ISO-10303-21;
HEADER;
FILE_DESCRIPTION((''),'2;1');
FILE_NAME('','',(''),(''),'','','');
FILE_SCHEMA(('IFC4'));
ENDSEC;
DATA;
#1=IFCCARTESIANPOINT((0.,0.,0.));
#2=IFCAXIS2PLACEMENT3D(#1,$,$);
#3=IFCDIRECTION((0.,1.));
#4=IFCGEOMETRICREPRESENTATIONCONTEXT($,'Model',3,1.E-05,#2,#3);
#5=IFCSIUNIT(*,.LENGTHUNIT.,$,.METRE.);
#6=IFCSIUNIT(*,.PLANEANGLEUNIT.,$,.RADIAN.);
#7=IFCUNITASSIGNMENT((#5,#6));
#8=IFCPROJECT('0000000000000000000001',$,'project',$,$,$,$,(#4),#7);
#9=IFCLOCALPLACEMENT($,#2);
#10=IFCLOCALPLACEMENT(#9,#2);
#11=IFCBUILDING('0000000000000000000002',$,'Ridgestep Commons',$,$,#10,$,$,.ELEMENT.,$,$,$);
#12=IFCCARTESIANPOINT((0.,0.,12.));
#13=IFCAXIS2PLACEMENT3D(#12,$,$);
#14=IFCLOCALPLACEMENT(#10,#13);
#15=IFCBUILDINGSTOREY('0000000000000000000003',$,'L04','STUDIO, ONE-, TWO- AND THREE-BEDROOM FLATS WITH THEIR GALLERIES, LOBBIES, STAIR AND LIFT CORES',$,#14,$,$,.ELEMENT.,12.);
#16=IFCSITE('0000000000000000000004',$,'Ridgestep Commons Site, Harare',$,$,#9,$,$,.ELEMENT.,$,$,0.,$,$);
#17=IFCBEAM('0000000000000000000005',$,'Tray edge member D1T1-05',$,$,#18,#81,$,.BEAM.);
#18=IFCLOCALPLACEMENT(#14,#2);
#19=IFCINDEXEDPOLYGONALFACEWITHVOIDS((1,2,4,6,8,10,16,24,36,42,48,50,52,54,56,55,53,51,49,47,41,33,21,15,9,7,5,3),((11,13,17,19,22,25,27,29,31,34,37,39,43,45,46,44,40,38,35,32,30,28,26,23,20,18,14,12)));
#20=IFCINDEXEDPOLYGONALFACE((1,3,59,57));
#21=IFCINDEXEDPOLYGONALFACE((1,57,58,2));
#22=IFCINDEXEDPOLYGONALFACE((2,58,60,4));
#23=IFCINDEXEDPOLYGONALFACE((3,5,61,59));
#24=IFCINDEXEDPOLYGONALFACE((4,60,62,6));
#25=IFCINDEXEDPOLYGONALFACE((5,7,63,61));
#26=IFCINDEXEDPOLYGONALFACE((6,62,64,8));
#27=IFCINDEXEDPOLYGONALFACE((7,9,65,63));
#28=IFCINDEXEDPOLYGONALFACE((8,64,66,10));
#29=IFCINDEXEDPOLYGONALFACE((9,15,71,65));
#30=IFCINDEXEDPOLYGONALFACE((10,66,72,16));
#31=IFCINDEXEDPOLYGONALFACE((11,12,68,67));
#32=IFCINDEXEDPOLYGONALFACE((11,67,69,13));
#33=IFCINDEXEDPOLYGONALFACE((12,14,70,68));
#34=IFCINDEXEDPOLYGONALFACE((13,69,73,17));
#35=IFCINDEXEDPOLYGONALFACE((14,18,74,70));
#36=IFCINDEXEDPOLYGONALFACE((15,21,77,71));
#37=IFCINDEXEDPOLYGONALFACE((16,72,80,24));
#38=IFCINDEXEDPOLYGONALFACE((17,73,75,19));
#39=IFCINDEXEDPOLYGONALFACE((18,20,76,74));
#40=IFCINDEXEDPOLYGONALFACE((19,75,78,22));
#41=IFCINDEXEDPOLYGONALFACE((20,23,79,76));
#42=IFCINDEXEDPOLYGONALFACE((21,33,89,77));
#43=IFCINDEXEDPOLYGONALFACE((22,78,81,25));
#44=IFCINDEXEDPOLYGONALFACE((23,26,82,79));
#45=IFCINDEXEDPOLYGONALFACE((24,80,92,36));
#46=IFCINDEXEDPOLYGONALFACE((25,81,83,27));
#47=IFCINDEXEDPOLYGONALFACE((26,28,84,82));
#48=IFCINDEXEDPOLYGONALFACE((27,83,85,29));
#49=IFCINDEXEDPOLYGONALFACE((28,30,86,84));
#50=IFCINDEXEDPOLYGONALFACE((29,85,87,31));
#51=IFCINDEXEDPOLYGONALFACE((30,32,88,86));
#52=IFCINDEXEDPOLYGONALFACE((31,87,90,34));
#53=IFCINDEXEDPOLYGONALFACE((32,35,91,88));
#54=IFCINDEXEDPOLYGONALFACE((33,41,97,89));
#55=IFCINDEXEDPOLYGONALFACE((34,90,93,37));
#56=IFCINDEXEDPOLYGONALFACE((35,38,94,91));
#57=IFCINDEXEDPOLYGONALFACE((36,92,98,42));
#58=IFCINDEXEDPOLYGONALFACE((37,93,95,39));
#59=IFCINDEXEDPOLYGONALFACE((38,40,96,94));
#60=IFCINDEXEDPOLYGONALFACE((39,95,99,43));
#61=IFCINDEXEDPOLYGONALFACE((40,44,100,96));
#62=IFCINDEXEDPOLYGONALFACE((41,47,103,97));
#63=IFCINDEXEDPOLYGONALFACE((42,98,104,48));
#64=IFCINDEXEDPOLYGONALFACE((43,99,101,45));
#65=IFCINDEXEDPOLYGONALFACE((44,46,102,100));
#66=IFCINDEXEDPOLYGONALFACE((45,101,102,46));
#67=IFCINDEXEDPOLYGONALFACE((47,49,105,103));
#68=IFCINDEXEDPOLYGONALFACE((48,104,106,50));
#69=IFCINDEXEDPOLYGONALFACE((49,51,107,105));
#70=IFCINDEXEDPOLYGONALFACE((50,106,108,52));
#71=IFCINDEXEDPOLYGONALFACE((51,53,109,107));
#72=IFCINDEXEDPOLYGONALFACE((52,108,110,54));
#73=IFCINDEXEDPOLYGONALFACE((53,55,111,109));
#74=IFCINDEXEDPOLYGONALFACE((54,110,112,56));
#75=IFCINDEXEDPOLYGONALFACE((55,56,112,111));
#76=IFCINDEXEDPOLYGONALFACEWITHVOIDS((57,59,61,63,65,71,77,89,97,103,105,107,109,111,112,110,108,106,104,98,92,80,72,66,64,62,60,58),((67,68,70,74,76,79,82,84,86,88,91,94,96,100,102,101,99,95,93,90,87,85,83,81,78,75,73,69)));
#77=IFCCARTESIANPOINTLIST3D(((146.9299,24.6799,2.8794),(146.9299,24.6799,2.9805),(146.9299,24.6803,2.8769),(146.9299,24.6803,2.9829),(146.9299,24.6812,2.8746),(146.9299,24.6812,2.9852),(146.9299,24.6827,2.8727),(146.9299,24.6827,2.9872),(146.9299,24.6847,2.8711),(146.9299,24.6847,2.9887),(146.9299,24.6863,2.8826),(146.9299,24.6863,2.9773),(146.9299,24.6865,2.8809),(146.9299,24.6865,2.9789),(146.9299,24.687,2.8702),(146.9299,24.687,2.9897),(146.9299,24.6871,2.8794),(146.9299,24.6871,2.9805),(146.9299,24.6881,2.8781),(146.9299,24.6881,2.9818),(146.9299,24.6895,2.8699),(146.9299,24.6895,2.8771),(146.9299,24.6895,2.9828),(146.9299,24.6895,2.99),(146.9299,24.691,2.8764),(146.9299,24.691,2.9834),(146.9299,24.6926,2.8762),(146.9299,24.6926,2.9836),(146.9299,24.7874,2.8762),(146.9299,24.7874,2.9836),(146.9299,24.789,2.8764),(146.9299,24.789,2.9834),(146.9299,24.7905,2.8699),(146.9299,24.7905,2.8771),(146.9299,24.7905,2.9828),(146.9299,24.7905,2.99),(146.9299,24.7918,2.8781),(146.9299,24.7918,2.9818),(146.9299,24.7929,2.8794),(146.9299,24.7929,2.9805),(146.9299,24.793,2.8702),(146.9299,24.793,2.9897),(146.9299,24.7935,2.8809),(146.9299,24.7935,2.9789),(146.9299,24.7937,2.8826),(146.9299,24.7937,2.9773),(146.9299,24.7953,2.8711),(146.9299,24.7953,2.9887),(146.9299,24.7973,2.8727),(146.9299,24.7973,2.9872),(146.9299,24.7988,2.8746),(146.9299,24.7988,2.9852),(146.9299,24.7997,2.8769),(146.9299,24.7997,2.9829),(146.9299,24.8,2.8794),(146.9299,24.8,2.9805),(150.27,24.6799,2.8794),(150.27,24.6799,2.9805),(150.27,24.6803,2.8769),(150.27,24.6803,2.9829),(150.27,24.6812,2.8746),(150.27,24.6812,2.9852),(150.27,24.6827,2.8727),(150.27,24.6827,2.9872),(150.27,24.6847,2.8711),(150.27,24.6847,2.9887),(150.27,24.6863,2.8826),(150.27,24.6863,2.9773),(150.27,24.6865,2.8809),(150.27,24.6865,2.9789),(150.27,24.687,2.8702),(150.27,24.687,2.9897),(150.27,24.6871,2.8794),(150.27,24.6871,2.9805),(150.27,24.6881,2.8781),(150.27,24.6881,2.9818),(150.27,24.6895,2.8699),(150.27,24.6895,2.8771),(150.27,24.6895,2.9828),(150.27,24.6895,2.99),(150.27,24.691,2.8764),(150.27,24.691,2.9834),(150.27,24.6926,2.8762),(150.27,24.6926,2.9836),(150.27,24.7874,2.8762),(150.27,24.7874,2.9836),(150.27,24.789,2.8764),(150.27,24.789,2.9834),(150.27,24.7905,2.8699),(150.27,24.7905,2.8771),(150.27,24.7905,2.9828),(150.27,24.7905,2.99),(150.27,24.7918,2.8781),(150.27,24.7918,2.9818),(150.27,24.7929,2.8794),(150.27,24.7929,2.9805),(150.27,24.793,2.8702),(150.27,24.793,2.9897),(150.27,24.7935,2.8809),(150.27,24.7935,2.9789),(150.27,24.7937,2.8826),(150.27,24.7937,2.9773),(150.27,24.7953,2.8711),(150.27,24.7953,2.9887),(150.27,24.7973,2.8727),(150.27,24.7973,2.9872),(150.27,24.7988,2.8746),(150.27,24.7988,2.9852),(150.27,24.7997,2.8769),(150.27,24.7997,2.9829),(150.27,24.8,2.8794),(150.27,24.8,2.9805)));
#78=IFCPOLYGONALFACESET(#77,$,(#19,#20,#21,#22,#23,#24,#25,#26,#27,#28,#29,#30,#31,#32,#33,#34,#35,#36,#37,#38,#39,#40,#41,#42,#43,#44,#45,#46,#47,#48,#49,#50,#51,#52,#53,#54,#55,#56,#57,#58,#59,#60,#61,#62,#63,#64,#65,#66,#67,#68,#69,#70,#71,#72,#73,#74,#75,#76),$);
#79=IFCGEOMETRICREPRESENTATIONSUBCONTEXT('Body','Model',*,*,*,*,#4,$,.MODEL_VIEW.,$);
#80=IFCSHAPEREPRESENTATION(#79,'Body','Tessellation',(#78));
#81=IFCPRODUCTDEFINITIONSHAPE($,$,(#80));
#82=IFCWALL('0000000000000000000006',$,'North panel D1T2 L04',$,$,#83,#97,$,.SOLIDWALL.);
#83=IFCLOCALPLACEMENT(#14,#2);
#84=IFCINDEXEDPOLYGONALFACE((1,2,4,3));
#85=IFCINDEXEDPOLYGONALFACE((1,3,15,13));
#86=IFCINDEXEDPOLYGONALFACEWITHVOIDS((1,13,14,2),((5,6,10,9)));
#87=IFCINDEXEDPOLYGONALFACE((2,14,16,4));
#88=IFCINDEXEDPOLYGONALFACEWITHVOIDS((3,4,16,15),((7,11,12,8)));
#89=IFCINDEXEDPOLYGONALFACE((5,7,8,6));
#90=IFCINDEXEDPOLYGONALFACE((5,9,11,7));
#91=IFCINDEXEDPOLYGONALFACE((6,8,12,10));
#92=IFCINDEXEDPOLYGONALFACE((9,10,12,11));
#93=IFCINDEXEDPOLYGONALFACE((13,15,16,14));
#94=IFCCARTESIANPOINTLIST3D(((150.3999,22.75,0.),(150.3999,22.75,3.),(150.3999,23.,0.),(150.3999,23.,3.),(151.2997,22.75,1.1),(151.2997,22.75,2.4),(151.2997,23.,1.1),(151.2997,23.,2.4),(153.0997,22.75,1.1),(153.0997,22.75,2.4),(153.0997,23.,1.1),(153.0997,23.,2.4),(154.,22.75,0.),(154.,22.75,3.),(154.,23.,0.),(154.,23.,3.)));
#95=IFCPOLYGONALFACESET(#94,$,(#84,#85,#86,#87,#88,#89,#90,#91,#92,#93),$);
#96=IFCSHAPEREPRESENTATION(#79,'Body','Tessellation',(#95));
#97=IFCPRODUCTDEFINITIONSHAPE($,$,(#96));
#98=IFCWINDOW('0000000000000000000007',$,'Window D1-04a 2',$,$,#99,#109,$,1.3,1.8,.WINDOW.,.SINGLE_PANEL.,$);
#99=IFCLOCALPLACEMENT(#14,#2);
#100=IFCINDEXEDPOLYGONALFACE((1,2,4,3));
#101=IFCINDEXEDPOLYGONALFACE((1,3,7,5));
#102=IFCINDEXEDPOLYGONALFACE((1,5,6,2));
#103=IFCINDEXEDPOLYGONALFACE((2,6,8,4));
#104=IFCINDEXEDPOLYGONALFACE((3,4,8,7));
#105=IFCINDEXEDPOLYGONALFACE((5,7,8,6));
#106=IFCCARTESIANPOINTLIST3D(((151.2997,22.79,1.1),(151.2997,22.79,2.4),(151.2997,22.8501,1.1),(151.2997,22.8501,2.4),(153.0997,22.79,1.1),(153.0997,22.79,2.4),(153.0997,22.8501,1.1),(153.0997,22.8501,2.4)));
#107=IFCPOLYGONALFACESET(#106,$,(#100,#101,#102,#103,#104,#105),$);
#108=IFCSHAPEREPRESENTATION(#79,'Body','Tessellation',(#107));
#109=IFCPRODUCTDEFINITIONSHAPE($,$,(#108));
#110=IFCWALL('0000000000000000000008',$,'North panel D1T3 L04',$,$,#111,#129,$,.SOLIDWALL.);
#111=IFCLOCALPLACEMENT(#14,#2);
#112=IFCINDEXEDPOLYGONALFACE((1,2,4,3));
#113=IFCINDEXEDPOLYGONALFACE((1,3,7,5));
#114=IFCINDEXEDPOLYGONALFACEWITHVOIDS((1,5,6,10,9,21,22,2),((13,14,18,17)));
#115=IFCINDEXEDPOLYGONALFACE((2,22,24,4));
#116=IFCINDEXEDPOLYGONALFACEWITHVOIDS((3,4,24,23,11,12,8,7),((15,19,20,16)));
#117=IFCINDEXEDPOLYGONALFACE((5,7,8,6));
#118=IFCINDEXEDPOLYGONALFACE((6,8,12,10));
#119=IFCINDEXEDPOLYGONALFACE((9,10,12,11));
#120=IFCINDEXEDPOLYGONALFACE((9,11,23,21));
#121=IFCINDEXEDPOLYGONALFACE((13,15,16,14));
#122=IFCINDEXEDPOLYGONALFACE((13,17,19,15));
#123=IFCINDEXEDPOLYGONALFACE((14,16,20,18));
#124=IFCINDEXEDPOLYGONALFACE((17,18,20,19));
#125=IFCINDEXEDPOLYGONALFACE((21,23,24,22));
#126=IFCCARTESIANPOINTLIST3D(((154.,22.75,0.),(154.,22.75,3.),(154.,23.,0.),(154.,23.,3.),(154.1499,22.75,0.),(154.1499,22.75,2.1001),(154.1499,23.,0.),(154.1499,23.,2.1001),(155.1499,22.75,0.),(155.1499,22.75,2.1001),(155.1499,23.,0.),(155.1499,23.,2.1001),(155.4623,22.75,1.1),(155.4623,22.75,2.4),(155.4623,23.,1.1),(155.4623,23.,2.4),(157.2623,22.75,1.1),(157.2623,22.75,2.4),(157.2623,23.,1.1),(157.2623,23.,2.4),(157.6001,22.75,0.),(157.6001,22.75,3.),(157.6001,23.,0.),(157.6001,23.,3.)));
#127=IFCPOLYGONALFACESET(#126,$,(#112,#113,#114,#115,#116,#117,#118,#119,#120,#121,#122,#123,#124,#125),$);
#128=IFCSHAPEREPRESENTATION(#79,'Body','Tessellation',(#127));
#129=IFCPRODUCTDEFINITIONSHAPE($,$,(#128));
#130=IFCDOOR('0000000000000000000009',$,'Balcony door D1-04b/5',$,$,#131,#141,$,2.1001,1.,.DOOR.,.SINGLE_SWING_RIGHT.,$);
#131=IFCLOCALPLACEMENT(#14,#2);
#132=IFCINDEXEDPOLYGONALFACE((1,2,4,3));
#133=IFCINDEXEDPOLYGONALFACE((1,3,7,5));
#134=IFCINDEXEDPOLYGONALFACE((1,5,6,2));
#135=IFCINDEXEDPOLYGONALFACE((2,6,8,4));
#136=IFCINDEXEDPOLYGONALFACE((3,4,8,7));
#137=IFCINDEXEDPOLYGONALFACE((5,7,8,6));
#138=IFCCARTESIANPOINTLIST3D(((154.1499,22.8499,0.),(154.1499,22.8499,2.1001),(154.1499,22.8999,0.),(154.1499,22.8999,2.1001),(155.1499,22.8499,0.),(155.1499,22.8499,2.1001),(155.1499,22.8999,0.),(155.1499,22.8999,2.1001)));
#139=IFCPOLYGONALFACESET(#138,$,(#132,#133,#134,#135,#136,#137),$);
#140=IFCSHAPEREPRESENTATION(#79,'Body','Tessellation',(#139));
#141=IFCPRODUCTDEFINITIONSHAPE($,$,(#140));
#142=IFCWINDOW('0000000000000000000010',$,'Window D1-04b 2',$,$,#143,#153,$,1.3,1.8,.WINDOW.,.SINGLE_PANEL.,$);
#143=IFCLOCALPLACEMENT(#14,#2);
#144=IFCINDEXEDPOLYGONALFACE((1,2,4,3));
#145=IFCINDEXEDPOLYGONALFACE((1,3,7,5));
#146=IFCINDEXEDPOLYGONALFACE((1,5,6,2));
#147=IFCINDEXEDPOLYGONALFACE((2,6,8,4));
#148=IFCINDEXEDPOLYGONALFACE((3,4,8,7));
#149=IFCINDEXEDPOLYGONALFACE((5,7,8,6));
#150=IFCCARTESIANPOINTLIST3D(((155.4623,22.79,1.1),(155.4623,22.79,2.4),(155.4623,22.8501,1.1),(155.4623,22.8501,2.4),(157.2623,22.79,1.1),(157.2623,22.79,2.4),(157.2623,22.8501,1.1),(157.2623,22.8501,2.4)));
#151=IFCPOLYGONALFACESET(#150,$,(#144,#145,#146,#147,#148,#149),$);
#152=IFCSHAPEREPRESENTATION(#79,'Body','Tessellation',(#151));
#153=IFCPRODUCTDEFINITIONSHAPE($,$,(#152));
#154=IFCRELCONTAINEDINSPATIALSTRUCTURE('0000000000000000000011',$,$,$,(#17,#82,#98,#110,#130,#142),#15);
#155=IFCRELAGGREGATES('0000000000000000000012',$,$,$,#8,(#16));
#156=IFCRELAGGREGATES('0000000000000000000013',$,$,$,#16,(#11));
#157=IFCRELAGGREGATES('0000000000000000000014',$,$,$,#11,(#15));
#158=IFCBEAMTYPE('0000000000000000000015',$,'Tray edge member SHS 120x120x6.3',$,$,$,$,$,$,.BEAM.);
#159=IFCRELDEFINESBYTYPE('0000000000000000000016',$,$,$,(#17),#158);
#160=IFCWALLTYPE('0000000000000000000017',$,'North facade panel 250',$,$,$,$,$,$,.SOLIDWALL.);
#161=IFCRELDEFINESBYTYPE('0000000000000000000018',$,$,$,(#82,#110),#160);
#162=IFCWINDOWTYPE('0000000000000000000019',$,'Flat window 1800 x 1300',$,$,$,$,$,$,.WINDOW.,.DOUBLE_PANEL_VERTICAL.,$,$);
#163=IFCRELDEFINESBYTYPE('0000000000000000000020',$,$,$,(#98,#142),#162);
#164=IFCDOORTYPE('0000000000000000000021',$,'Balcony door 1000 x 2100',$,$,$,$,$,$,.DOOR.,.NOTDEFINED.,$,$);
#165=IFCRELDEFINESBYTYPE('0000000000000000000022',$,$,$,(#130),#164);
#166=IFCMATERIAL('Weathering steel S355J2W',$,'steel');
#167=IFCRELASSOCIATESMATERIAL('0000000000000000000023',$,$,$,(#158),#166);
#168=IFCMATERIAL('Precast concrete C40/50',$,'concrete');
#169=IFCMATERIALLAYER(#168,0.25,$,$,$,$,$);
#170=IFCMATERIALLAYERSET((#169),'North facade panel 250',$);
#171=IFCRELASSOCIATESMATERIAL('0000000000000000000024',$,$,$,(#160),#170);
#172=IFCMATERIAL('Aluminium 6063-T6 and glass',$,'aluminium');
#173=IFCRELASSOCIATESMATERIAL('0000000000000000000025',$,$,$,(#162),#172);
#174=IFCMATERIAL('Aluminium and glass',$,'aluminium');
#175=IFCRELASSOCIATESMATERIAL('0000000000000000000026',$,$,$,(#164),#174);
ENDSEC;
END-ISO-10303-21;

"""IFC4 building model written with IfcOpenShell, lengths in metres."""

from ifc_helpers import new_model, si_unit, direction, frame, frame_2d, origin, origin_2d, place, context, subcontext, project, spatial, rectangle, hollow_rectangle, extrude, material, layer, layer_set, material_profile, profile_set, type_object, element, fill, save


model = new_model("IFC4")

# Units and contexts
model_context = context("Model", 3, precision=1e-05, world=origin(), true_north=direction((0.0, 1.0)))
body_context = subcontext(model_context, "Body", "Model", "MODEL_VIEW")
ifc_project = project(units=[si_unit("LENGTHUNIT", "METRE"), si_unit("PLANEANGLEUNIT", "RADIAN")], contexts=[model_context])

# Site, building, storey
site_placement = place(None, origin())
site = spatial("IfcSite", under=ifc_project, at=site_placement, Name="Ridgestep Commons Site, Harare", CompositionType="ELEMENT", RefElevation=0.0)
building_placement = place(site_placement, origin())
building = spatial("IfcBuilding", under=site, at=building_placement, Name="Ridgestep Commons", CompositionType="ELEMENT")
storey_placement = place(building_placement, frame((0.0, 0.0, 12.0)))
storey = spatial("IfcBuildingStorey", under=building, at=storey_placement, Name="L04", Description="STUDIO, ONE-, TWO- AND THREE-BEDROOM FLATS WITH THEIR GALLERIES, LOBBIES, STAIR AND LIFT CORES", CompositionType="ELEMENT", Elevation=12.0)

# Beam
ifc_material_1 = material(Name="Weathering steel S355J2W", Category="steel")
ifc_material_profile_1 = material_profile(ifc_material_1, hollow_rectangle(XDim=0.1201, YDim=0.1201, WallThickness=0.0063, InnerFilletRadius=0.0063, OuterFilletRadius=0.0095, at=origin_2d()), Name="SHS 120x120x6.3")
ifc_profile_set_1 = profile_set([ifc_material_profile_1], Name="Weathering steel S355J2W")
beam_type_1 = type_object("IfcBeamType", Name="Tray edge member SHS 120x120x6.3", PredefinedType="BEAM", material=ifc_profile_set_1)
beam_placement = place(storey_placement, frame((146.9299, 24.74, 2.9299), z_axis=(1.0, 0.0, 0.0), x_axis=(0.0, 0.0, 1.0)))
element("IfcBeam", 1, at=beam_placement, inside=storey, type_object=beam_type_1, Name="Tray edge member D1T1-05", PredefinedType="BEAM", context=body_context, shape_type="SweptSolid", body=[
    extrude(hollow_rectangle(XDim=0.1201, YDim=0.1201, WallThickness=0.0063, InnerFilletRadius=0.0063, OuterFilletRadius=0.0095, at=origin_2d()), origin(), (0.0, 0.0, 1.0), 3.3401),
])

# Wall, opening, window
ifc_material_2 = material(Name="Precast concrete C40/50", Category="concrete")
ifc_layer_1 = layer(ifc_material_2, 0.25)
ifc_layer_set_1 = layer_set([ifc_layer_1], Name="North facade panel 250")
wall_type_1 = type_object("IfcWallType", Name="North facade panel 250", PredefinedType="SOLIDWALL", material=ifc_layer_set_1)
wall_1_placement = place(storey_placement, frame((150.3999, 22.875, 0.0), z_axis=(0.0, 0.0, 1.0), x_axis=(1.0, 0.0, 0.0)))
wall_1 = element("IfcWall", 2, at=wall_1_placement, inside=storey, type_object=wall_type_1, Name="North panel D1T2 L04", PredefinedType="SOLIDWALL", context=body_context, shape_type="SweptSolid", body=[
    extrude(rectangle(XDim=3.6001, YDim=0.25, at=frame_2d((1.8, 0.0))), origin(), (0.0, 0.0, 1.0), 3.0),
])
opening_1_placement = place(wall_1_placement, frame((0.8999, 0.0, 1.1001)))
opening_1 = element("IfcOpeningElement", 3, at=opening_1_placement, cuts=wall_1, PredefinedType="OPENING", context=body_context, shape_type="SweptSolid", body=[
    extrude(rectangle(XDim=1.8, YDim=1.3, at=frame_2d((0.8999, 0.6499))), frame((0.0, 0.135, 0.0), z_axis=(0.0, -1.0, 0.0), x_axis=(1.0, 0.0, 0.0)), (0.0, 0.0, 1.0), 0.27),
])
ifc_material_3 = material(Name="Aluminium 6063-T6 and glass", Category="aluminium")
window_type = type_object("IfcWindowType", Name="Flat window 1800 x 1300", PartitioningType="DOUBLE_PANEL_VERTICAL", PredefinedType="WINDOW", material=ifc_material_3)
window_1_placement = place(opening_1_placement, origin())
window_1 = element("IfcWindow", 4, at=window_1_placement, inside=storey, type_object=window_type, Name="Window D1-04a 2", OverallHeight=1.3, OverallWidth=1.8, PartitioningType="SINGLE_PANEL", PredefinedType="WINDOW", context=body_context, shape_type="SweptSolid", body=[
    extrude(rectangle(XDim=1.8, YDim=1.3, at=frame_2d((0.8999, 0.6499))), frame((0.0, -0.0249, 0.0), z_axis=(0.0, -1.0, 0.0), x_axis=(1.0, 0.0, 0.0)), (0.0, 0.0, 1.0), 0.0601),
])
fill(opening_1, window_1)

# Wall, openings, door, window
wall_2_placement = place(storey_placement, frame((154.0, 22.875, 0.0), z_axis=(0.0, 0.0, 1.0), x_axis=(1.0, 0.0, 0.0)))
wall_2 = element("IfcWall", 5, at=wall_2_placement, inside=storey, type_object=wall_type_1, Name="North panel D1T3 L04", PredefinedType="SOLIDWALL", context=body_context, shape_type="SweptSolid", body=[
    extrude(rectangle(XDim=3.6001, YDim=0.25, at=frame_2d((1.8, 0.0))), origin(), (0.0, 0.0, 1.0), 3.0),
])
opening_2_placement = place(wall_2_placement, frame((1.4624, 0.0, 1.1001)))
opening_2 = element("IfcOpeningElement", 6, at=opening_2_placement, cuts=wall_2, PredefinedType="OPENING", context=body_context, shape_type="SweptSolid", body=[
    extrude(rectangle(XDim=1.8, YDim=1.3, at=frame_2d((0.8999, 0.6499))), frame((0.0, 0.135, 0.0), z_axis=(0.0, -1.0, 0.0), x_axis=(1.0, 0.0, 0.0)), (0.0, 0.0, 1.0), 0.27),
])
opening_3_placement = place(wall_2_placement, frame((0.1499, 0.0, 0.0)))
opening_3 = element("IfcOpeningElement", 7, at=opening_3_placement, cuts=wall_2, PredefinedType="OPENING", context=body_context, shape_type="SweptSolid", body=[
    extrude(rectangle(XDim=1.0, YDim=2.1001, at=frame_2d((0.5, 1.05))), frame((0.0, 0.135, 0.0), z_axis=(0.0, -1.0, 0.0), x_axis=(1.0, 0.0, 0.0)), (0.0, 0.0, 1.0), 0.27),
])
ifc_material_4 = material(Name="Aluminium and glass", Category="aluminium")
door_type_1 = type_object("IfcDoorType", Name="Balcony door 1000 x 2100", OperationType="NOTDEFINED", PredefinedType="DOOR", material=ifc_material_4)
door_1_placement = place(opening_3_placement, origin())
door_1 = element("IfcDoor", 8, at=door_1_placement, inside=storey, type_object=door_type_1, Name="Balcony door D1-04b/5", OperationType="SINGLE_SWING_RIGHT", OverallHeight=2.1001, OverallWidth=1.0, PredefinedType="DOOR", context=body_context, shape_type="SweptSolid", body=[
    extrude(rectangle(XDim=1.0, YDim=2.1001, at=frame_2d((0.5, 1.05))), frame((0.0, 0.0249, 0.0), z_axis=(0.0, -1.0, 0.0), x_axis=(1.0, 0.0, 0.0)), (0.0, 0.0, 1.0), 0.05),
])
fill(opening_3, door_1)
window_2_placement = place(opening_2_placement, origin())
window_2 = element("IfcWindow", 9, at=window_2_placement, inside=storey, type_object=window_type, Name="Window D1-04b 2", OverallHeight=1.3, OverallWidth=1.8, PartitioningType="SINGLE_PANEL", PredefinedType="WINDOW", context=body_context, shape_type="SweptSolid", body=[
    extrude(rectangle(XDim=1.8, YDim=1.3, at=frame_2d((0.8999, 0.6499))), frame((0.0, -0.0249, 0.0), z_axis=(0.0, -1.0, 0.0), x_axis=(1.0, 0.0, 0.0)), (0.0, 0.0, 1.0), 0.0601),
])
fill(opening_2, window_2)

save(model, "model.ifc")
